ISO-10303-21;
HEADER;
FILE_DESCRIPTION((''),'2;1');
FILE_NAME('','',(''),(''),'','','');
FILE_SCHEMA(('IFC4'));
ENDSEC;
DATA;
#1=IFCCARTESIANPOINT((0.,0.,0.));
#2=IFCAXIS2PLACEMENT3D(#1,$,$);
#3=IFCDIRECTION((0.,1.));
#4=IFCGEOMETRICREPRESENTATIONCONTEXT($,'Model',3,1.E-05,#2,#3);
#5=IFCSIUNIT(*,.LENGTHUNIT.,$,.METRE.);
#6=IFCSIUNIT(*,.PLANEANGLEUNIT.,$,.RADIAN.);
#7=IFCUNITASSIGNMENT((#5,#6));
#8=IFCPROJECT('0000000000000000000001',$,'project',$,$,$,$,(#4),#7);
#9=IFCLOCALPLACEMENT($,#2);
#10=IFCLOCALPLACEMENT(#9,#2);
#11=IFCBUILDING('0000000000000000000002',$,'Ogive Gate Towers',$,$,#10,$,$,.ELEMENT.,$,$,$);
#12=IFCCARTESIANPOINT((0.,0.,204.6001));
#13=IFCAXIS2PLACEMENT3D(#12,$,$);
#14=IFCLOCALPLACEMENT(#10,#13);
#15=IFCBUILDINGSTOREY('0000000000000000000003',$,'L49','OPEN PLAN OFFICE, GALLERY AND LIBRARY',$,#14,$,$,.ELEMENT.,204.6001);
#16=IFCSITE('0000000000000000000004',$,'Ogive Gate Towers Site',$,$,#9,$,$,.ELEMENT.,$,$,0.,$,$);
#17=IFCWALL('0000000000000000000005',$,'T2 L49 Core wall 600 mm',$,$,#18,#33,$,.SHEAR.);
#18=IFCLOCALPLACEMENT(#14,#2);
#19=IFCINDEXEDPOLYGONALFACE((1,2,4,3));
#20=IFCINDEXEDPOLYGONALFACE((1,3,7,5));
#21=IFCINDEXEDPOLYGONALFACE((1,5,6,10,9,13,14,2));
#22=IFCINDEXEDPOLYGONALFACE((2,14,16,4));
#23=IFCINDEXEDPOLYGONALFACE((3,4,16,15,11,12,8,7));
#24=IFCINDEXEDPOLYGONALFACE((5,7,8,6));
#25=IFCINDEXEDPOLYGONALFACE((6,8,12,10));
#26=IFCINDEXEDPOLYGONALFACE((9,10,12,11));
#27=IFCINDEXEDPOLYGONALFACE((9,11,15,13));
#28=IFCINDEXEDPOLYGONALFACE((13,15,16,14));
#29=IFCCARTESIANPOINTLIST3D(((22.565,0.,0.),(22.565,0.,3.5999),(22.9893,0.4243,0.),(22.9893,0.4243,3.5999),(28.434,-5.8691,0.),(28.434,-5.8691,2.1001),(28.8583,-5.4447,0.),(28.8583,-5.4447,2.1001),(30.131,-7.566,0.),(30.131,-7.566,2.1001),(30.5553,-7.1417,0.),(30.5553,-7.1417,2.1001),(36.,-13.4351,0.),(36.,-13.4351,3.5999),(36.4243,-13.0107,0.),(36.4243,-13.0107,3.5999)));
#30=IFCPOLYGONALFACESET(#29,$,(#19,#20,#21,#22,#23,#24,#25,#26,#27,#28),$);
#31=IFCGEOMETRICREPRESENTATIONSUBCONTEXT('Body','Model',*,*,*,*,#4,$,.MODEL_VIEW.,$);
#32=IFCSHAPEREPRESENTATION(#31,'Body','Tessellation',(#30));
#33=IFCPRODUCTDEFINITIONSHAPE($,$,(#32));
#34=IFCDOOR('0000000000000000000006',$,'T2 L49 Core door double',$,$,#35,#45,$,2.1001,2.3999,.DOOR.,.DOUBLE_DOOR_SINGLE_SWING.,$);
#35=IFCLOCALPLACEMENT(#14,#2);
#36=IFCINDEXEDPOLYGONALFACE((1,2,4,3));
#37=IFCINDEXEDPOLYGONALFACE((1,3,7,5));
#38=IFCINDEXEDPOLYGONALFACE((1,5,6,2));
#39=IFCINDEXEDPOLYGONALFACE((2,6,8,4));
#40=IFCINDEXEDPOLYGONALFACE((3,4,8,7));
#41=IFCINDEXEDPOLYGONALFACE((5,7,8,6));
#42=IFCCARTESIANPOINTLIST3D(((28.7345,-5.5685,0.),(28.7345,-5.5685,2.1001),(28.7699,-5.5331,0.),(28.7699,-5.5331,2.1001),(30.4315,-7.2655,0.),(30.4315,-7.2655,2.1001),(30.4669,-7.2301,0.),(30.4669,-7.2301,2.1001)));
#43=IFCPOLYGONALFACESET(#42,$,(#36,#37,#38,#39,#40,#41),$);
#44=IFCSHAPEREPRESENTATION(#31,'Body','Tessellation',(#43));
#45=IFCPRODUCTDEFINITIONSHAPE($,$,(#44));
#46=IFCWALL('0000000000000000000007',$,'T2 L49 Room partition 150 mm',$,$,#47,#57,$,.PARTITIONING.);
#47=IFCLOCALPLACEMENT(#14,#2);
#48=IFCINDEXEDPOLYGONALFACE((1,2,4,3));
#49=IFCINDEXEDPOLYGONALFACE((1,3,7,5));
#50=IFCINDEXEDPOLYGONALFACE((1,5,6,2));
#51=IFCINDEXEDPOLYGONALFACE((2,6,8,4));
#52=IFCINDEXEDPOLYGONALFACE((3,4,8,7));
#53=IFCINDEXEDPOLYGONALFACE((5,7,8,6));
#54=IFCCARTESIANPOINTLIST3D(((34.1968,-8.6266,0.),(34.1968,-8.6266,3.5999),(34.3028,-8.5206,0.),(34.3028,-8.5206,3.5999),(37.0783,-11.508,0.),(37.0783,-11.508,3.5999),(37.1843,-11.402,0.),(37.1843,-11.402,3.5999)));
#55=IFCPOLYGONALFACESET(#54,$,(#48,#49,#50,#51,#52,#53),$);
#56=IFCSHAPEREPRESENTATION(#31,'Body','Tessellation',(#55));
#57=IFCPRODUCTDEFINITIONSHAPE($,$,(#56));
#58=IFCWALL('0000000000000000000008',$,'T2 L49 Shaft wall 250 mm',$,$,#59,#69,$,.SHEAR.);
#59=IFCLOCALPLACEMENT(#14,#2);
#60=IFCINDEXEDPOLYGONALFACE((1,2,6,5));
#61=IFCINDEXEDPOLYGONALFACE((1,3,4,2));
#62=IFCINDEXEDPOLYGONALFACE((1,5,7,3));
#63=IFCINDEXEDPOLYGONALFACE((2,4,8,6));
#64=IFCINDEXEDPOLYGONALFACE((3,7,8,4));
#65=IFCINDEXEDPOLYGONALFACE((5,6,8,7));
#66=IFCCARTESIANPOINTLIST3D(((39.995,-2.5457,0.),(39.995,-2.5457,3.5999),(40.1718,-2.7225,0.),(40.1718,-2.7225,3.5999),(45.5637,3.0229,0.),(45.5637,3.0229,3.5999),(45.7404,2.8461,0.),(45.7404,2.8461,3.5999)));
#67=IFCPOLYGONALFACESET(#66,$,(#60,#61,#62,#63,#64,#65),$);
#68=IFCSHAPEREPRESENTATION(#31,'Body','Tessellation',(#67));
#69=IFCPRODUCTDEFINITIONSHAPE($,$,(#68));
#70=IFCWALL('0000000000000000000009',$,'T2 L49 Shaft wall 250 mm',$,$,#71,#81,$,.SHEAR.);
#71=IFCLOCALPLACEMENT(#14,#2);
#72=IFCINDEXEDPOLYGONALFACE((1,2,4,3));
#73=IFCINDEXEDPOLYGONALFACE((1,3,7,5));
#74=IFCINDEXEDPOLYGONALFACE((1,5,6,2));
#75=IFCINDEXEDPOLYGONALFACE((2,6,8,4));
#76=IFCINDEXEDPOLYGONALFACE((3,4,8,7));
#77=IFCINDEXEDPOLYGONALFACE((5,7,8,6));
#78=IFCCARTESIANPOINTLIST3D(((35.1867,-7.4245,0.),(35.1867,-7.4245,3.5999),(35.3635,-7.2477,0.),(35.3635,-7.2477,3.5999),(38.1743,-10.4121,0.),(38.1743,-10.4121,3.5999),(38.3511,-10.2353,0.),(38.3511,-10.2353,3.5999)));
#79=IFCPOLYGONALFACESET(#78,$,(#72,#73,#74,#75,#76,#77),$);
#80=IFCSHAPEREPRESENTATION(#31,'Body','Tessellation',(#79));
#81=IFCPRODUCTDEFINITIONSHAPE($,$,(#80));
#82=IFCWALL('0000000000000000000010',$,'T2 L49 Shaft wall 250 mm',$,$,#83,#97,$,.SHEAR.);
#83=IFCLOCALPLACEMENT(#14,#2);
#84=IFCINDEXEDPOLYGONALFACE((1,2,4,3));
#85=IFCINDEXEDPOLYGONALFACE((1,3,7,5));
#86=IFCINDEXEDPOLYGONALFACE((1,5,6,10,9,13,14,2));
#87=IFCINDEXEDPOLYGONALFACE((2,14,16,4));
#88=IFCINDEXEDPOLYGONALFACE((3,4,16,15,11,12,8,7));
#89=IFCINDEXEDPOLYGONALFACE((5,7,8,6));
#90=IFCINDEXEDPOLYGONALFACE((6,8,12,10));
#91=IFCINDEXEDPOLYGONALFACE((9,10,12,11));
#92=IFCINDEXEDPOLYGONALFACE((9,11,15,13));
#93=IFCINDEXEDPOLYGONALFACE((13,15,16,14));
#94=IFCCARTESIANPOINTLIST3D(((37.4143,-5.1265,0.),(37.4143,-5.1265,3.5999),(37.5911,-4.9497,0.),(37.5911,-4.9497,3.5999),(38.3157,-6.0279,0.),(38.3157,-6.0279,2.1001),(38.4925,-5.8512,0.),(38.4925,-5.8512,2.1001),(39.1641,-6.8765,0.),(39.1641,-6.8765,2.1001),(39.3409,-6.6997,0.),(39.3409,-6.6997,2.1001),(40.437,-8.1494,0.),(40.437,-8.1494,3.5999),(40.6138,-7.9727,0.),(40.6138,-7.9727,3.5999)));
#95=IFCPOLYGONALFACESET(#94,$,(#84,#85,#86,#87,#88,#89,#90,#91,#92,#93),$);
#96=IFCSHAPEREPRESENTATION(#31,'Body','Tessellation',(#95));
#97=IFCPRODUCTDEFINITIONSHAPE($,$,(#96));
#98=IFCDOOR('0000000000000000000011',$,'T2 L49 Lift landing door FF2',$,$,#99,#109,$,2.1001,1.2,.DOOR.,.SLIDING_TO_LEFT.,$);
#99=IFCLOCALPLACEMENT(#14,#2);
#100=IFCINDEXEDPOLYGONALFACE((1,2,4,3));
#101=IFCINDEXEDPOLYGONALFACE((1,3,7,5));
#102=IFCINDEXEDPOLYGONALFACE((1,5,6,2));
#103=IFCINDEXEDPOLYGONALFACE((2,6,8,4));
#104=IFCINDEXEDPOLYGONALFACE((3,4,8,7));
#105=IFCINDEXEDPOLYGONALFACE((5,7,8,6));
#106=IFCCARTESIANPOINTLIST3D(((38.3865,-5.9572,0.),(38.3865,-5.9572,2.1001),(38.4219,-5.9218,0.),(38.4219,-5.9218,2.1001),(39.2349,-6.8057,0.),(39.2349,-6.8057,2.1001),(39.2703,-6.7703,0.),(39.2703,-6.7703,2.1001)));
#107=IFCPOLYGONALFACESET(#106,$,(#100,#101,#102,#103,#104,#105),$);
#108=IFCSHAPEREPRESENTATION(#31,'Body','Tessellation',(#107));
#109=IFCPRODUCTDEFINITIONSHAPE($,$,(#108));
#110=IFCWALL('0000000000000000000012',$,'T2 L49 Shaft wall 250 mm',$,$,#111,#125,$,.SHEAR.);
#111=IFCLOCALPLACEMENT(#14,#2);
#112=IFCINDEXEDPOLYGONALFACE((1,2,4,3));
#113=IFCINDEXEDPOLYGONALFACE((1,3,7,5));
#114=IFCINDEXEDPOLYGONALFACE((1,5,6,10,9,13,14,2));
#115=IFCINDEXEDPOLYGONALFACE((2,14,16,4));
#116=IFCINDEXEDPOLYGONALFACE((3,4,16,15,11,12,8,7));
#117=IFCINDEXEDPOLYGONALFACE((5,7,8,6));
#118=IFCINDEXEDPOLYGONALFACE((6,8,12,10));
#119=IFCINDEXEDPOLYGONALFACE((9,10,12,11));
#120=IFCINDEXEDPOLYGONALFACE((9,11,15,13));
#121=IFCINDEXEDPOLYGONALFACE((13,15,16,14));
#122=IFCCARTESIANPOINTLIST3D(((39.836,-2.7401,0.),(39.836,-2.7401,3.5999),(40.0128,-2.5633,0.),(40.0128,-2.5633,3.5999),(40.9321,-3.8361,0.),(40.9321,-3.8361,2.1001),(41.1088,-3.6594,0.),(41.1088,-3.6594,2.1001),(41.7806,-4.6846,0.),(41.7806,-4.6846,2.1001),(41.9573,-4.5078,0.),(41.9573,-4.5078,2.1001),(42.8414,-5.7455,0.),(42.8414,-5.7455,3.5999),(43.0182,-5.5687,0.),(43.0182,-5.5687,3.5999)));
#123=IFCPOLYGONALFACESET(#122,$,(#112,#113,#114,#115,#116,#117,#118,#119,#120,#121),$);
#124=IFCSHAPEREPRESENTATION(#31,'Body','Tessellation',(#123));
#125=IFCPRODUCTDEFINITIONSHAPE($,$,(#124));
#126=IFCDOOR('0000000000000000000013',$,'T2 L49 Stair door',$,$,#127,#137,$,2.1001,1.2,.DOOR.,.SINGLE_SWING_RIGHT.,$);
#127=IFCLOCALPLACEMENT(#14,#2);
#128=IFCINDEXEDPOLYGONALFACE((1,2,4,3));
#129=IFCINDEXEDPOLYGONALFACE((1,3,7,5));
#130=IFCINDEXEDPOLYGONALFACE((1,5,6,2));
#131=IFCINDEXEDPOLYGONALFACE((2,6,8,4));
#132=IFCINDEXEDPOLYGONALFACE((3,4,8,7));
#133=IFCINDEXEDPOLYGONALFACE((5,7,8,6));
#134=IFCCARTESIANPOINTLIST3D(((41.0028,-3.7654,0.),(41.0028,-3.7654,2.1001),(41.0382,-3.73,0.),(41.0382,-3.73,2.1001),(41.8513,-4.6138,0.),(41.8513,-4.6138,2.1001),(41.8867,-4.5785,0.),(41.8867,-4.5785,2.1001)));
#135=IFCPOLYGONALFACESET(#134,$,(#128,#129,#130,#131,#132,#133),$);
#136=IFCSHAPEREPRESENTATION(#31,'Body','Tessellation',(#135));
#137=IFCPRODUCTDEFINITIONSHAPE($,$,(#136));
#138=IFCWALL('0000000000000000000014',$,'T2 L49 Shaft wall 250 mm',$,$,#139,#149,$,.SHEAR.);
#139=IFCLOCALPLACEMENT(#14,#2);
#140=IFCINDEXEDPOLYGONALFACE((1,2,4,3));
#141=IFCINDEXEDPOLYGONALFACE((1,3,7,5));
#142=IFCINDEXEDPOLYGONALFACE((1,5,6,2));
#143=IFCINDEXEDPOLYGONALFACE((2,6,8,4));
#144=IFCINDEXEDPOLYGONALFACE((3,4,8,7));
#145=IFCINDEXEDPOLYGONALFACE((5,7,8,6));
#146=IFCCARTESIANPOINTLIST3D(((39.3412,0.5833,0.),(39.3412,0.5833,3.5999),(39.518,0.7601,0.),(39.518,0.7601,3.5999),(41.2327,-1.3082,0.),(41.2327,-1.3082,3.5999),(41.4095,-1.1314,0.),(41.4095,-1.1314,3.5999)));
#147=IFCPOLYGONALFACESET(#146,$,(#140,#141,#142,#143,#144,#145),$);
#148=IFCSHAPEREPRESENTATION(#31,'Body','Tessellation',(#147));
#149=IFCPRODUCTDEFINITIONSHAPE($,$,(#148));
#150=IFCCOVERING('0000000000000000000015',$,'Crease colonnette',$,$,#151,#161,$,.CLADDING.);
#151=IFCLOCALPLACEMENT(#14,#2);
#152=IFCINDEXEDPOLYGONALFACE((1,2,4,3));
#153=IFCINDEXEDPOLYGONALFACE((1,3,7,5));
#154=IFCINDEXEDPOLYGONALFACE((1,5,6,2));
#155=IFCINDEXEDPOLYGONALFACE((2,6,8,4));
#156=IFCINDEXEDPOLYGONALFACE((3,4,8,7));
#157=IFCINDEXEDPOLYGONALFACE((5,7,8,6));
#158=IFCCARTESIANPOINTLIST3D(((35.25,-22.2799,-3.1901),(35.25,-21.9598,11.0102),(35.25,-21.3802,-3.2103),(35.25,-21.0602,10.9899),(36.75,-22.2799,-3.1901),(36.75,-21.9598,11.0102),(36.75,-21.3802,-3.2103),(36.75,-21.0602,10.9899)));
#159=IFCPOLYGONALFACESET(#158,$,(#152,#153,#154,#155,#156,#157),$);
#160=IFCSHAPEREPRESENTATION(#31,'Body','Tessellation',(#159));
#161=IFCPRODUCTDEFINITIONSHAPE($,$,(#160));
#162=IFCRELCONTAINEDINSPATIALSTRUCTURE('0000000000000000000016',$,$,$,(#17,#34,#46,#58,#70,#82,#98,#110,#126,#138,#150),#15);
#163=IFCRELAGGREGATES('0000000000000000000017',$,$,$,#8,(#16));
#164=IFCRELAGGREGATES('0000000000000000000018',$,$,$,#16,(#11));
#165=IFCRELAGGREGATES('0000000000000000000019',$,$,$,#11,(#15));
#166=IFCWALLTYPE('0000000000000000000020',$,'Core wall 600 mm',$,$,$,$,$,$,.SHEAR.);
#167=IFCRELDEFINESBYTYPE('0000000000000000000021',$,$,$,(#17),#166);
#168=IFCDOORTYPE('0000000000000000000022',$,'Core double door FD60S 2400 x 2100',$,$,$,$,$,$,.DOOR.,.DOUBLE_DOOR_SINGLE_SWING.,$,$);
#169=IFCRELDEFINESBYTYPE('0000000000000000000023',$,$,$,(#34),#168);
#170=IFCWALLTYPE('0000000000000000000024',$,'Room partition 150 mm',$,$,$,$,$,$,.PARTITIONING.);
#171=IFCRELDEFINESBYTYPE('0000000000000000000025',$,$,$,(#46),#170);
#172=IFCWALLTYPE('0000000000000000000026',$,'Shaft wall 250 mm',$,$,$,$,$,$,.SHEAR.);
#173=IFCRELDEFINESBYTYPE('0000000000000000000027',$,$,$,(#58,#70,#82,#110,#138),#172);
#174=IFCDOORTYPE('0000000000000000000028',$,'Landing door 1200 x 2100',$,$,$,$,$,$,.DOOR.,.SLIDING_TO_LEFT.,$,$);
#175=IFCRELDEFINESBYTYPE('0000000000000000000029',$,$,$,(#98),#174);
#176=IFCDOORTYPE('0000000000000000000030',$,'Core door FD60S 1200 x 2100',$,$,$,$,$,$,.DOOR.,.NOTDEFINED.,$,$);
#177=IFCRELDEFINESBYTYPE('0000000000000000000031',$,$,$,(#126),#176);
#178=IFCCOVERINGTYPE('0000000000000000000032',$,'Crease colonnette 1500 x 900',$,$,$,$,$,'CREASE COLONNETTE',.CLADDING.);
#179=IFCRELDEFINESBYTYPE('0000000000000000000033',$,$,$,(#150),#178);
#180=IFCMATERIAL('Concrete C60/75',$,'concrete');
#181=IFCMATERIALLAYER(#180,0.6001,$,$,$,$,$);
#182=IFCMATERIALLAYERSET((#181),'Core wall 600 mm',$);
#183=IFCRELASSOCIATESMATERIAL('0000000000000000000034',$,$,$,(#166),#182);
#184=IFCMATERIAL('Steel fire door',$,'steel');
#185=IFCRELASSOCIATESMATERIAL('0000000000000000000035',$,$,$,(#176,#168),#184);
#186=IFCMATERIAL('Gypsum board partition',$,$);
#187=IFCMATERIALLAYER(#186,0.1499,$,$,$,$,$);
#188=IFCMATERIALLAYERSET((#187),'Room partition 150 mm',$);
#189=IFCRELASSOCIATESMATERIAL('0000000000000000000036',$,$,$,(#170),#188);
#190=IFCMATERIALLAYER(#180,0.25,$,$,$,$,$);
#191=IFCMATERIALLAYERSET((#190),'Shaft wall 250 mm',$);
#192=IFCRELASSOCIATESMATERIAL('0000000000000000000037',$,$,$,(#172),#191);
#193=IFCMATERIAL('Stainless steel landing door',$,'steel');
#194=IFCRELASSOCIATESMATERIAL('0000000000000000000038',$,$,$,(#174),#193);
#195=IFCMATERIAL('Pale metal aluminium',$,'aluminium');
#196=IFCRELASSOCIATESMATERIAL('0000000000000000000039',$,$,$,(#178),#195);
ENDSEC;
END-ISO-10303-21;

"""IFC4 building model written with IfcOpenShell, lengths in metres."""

from ifc_helpers import new_model, si_unit, direction, frame, frame_2d, origin, origin_2d, place, context, subcontext, project, spatial, rectangle, extrude, material, layer, layer_set, material_profile, profile_set, type_object, element, fill, save


model = new_model("IFC4")

# Units and contexts
model_context = context("Model", 3, precision=1e-05, world=origin(), true_north=direction((0.0, 1.0)))
body_context = subcontext(model_context, "Body", "Model", "MODEL_VIEW")
ifc_project = project(units=[si_unit("LENGTHUNIT", "METRE"), si_unit("PLANEANGLEUNIT", "RADIAN")], contexts=[model_context])

# Site, building, storey
site_placement = place(None, origin())
site = spatial("IfcSite", under=ifc_project, at=site_placement, Name="Ogive Gate Towers Site", CompositionType="ELEMENT", RefElevation=0.0)
building_placement = place(site_placement, origin())
building = spatial("IfcBuilding", under=site, at=building_placement, Name="Ogive Gate Towers", CompositionType="ELEMENT")
storey_placement = place(building_placement, frame((0.0, 0.0, 204.6001)))
storey = spatial("IfcBuildingStorey", under=building, at=storey_placement, Name="L49", Description="OPEN PLAN OFFICE, GALLERY AND LIBRARY", CompositionType="ELEMENT", Elevation=204.6001)

# Shared definitions
ifc_material_1 = material(Name="Concrete C60/75", Category="concrete")
ifc_layer_1 = layer(ifc_material_1, 0.6001)
ifc_layer_set_1 = layer_set([ifc_layer_1], Name="Core wall 600 mm")
wall_type_1 = type_object("IfcWallType", Name="Core wall 600 mm", PredefinedType="SHEAR", material=ifc_layer_set_1)
ifc_material_2 = material(Name="Steel fire door", Category="steel")
door_type_1 = type_object("IfcDoorType", Name="Core door FD60S 1200 x 2100", OperationType="NOTDEFINED", PredefinedType="DOOR", material=ifc_material_2)

# Wall, opening, door
wall_1_placement = place(storey_placement, frame((36.2122, -13.2229, 0.0), z_axis=(0.0, 0.0, 1.0), x_axis=(-0.707107, 0.707107, 0.0)))
wall_1 = element("IfcWall", 1, at=wall_1_placement, inside=storey, type_object=wall_type_1, Name="T2 L49 Core wall 600 mm", PredefinedType="SHEAR", context=body_context, shape_type="SweptSolid", body=[
    extrude(rectangle(XDim=19.0, YDim=0.6001, at=frame_2d((9.5, 0.0))), origin(), (0.0, 0.0, 1.0), 3.5999),
])
opening_1_placement = place(wall_1_placement, frame((8.3, 0.0, 0.0)))
opening_1 = element("IfcOpeningElement", 2, at=opening_1_placement, cuts=wall_1, PredefinedType="OPENING", context=body_context, shape_type="SweptSolid", body=[
    extrude(rectangle(XDim=2.3999, YDim=2.1001, at=frame_2d((1.2, 1.05))), frame((0.0, 0.3101, 0.0), z_axis=(0.0, -1.0, 0.0), x_axis=(1.0, 0.0, 0.0)), (0.0, 0.0, 1.0), 0.6201),
])
door_type_2 = type_object("IfcDoorType", Name="Core double door FD60S 2400 x 2100", OperationType="DOUBLE_DOOR_SINGLE_SWING", PredefinedType="DOOR", material=ifc_material_2)
door_1_placement = place(opening_1_placement, origin())
door_1 = element("IfcDoor", 3, at=door_1_placement, inside=storey, type_object=door_type_2, Name="T2 L49 Core door double", OperationType="DOUBLE_DOOR_SINGLE_SWING", OverallHeight=2.1001, OverallWidth=2.3999, PredefinedType="DOOR", context=body_context, shape_type="SweptSolid", body=[
    extrude(rectangle(XDim=2.3999, YDim=2.1001, at=frame_2d((1.2, 1.05))), frame((0.0, -0.125, 0.0), z_axis=(0.0, -1.0, 0.0), x_axis=(1.0, 0.0, 0.0)), (0.0, 0.0, 1.0), 0.05),
])
fill(opening_1, door_1)

# Walls
ifc_material_3 = material(Name="Gypsum board partition")
ifc_layer_2 = layer(ifc_material_3, 0.1499)
ifc_layer_set_2 = layer_set([ifc_layer_2], Name="Room partition 150 mm")
wall_type_2 = type_object("IfcWallType", Name="Room partition 150 mm", PredefinedType="PARTITIONING", material=ifc_layer_set_2)
wall_2_placement = place(storey_placement, frame((37.1313, -11.4551, 0.0), z_axis=(0.0, 0.0, 1.0), x_axis=(-0.707107, 0.707107, 0.0)))
element("IfcWall", 4, at=wall_2_placement, inside=storey, type_object=wall_type_2, Name="T2 L49 Room partition 150 mm", PredefinedType="PARTITIONING", context=body_context, shape_type="SweptSolid", body=[
    extrude(rectangle(XDim=4.075, YDim=0.1499, at=frame_2d((2.0376, 0.0))), origin(), (0.0, 0.0, 1.0), 3.5999),
])
ifc_layer_3 = layer(ifc_material_1, 0.25)
ifc_layer_set_3 = layer_set([ifc_layer_3], Name="Shaft wall 250 mm")
wall_type_3 = type_object("IfcWallType", Name="Shaft wall 250 mm", PredefinedType="SHEAR", material=ifc_layer_set_3)
wall_3_placement = place(storey_placement, frame((40.0835, -2.634, 0.0), z_axis=(0.0, 0.0, 1.0), x_axis=(0.707107, 0.707107, 0.0)))
element("IfcWall", 5, at=wall_3_placement, inside=storey, type_object=wall_type_3, Name="T2 L49 Shaft wall 250 mm", PredefinedType="SHEAR", context=body_context, shape_type="SweptSolid", body=[
    extrude(rectangle(XDim=7.8752, YDim=0.25, at=frame_2d((3.9375, 0.0))), origin(), (0.0, 0.0, 1.0), 3.5999),
])
wall_4_placement = place(storey_placement, frame((38.2627, -10.3237, 0.0), z_axis=(0.0, 0.0, 1.0), x_axis=(-0.707107, 0.707107, 0.0)))
element("IfcWall", 6, at=wall_4_placement, inside=storey, type_object=wall_type_3, Name="T2 L49 Shaft wall 250 mm", PredefinedType="SHEAR", context=body_context, shape_type="SweptSolid", body=[
    extrude(rectangle(XDim=4.2251, YDim=0.25, at=frame_2d((2.1125, 0.0))), origin(), (0.0, 0.0, 1.0), 3.5999),
])

# Walls, openings, doors
wall_5_placement = place(storey_placement, frame((40.5254, -8.061, 0.0), z_axis=(0.0, 0.0, 1.0), x_axis=(-0.707078, 0.707135, 0.0)))
wall_5 = element("IfcWall", 7, at=wall_5_placement, inside=storey, type_object=wall_type_3, Name="T2 L49 Shaft wall 250 mm", PredefinedType="SHEAR", context=body_context, shape_type="SweptSolid", body=[
    extrude(rectangle(XDim=4.2749, YDim=0.25, at=frame_2d((2.1375, 0.0))), origin(), (0.0, 0.0, 1.0), 3.5999),
])
opening_2_placement = place(wall_5_placement, frame((1.8, 0.0, 0.0)))
opening_2 = element("IfcOpeningElement", 8, at=opening_2_placement, cuts=wall_5, PredefinedType="OPENING", context=body_context, shape_type="SweptSolid", body=[
    extrude(rectangle(XDim=1.2, YDim=2.1001, at=frame_2d((0.6001, 1.05))), frame((0.0, 0.135, 0.0), z_axis=(0.0, -1.0, 0.0), x_axis=(1.0, 0.0, 0.0)), (0.0, 0.0, 1.0), 0.27),
])
ifc_material_4 = material(Name="Stainless steel landing door", Category="steel")
door_type_3 = type_object("IfcDoorType", Name="Landing door 1200 x 2100", OperationType="SLIDING_TO_LEFT", PredefinedType="DOOR", material=ifc_material_4)
door_2_placement = place(opening_2_placement, origin())
door_2 = element("IfcDoor", 9, at=door_2_placement, inside=storey, type_object=door_type_3, Name="T2 L49 Lift landing door FF2", OperationType="SLIDING_TO_LEFT", OverallHeight=2.1001, OverallWidth=1.2, PredefinedType="DOOR", context=body_context, shape_type="SweptSolid", body=[
    extrude(rectangle(XDim=1.2, YDim=2.1001, at=frame_2d((0.6001, 1.05))), frame((0.0, 0.0249, 0.0), z_axis=(0.0, -1.0, 0.0), x_axis=(1.0, 0.0, 0.0)), (0.0, 0.0, 1.0), 0.05),
])
fill(opening_2, door_2)
wall_6_placement = place(storey_placement, frame((42.9297, -5.657, 0.0), z_axis=(0.0, 0.0, 1.0), x_axis=(-0.707107, 0.707107, 0.0)))
wall_6 = element("IfcWall", 10, at=wall_6_placement, inside=storey, type_object=wall_type_3, Name="T2 L49 Shaft wall 250 mm", PredefinedType="SHEAR", context=body_context, shape_type="SweptSolid", body=[
    extrude(rectangle(XDim=4.2502, YDim=0.25, at=frame_2d((2.125, 0.0))), origin(), (0.0, 0.0, 1.0), 3.5999),
])
opening_3_placement = place(wall_6_placement, frame((1.5, 0.0, 0.0)))
opening_3 = element("IfcOpeningElement", 11, at=opening_3_placement, cuts=wall_6, PredefinedType="OPENING", context=body_context, shape_type="SweptSolid", body=[
    extrude(rectangle(XDim=1.2, YDim=2.1001, at=frame_2d((0.6001, 1.05))), frame((0.0, 0.135, 0.0), z_axis=(0.0, -1.0, 0.0), x_axis=(1.0, 0.0, 0.0)), (0.0, 0.0, 1.0), 0.27),
])
door_3_placement = place(opening_3_placement, origin())
door_3 = element("IfcDoor", 12, at=door_3_placement, inside=storey, type_object=door_type_1, Name="T2 L49 Stair door", OperationType="SINGLE_SWING_RIGHT", OverallHeight=2.1001, OverallWidth=1.2, PredefinedType="DOOR", context=body_context, shape_type="SweptSolid", body=[
    extrude(rectangle(XDim=1.2, YDim=2.1001, at=frame_2d((0.6001, 1.05))), frame((0.0, 0.0249, 0.0), z_axis=(0.0, -1.0, 0.0), x_axis=(1.0, 0.0, 0.0)), (0.0, 0.0, 1.0), 0.05),
])
fill(opening_3, door_3)

# Wall
wall_7_placement = place(storey_placement, frame((41.321, -1.2197, 0.0), z_axis=(0.0, 0.0, 1.0), x_axis=(-0.707107, 0.707107, 0.0)))
element("IfcWall", 13, at=wall_7_placement, inside=storey, type_object=wall_type_3, Name="T2 L49 Shaft wall 250 mm", PredefinedType="SHEAR", context=body_context, shape_type="SweptSolid", body=[
    extrude(rectangle(XDim=2.675, YDim=0.25, at=frame_2d((1.3374, 0.0))), origin(), (0.0, 0.0, 1.0), 3.5999),
])

# Covering
ifc_material_5 = material(Name="Pale metal aluminium", Category="aluminium")
ifc_material_profile_1 = material_profile(ifc_material_5, rectangle(XDim=1.5, YDim=0.8999, at=origin_2d()), Name="1500 x 900 pale metal aluminium")
ifc_profile_set_1 = profile_set([ifc_material_profile_1], Name="Pale metal aluminium")
covering_type = type_object("IfcCoveringType", Name="Crease colonnette 1500 x 900", ElementType="CREASE COLONNETTE", PredefinedType="CLADDING", material=ifc_profile_set_1)
covering_placement = place(storey_placement, frame((36.0, -21.8301, -3.2002), z_axis=(0.0, 0.022534, 0.999746), x_axis=(-1.0, 0.0, 0.0)))
element("IfcCovering", 14, at=covering_placement, inside=storey, type_object=covering_type, Name="Crease colonnette", PredefinedType="CLADDING", context=body_context, shape_type="SweptSolid", body=[
    extrude(rectangle(XDim=1.5, YDim=0.8999, at=origin_2d()), origin(), (0.0, 0.0, 1.0), 14.2039),
])

save(model, "model.ifc")
